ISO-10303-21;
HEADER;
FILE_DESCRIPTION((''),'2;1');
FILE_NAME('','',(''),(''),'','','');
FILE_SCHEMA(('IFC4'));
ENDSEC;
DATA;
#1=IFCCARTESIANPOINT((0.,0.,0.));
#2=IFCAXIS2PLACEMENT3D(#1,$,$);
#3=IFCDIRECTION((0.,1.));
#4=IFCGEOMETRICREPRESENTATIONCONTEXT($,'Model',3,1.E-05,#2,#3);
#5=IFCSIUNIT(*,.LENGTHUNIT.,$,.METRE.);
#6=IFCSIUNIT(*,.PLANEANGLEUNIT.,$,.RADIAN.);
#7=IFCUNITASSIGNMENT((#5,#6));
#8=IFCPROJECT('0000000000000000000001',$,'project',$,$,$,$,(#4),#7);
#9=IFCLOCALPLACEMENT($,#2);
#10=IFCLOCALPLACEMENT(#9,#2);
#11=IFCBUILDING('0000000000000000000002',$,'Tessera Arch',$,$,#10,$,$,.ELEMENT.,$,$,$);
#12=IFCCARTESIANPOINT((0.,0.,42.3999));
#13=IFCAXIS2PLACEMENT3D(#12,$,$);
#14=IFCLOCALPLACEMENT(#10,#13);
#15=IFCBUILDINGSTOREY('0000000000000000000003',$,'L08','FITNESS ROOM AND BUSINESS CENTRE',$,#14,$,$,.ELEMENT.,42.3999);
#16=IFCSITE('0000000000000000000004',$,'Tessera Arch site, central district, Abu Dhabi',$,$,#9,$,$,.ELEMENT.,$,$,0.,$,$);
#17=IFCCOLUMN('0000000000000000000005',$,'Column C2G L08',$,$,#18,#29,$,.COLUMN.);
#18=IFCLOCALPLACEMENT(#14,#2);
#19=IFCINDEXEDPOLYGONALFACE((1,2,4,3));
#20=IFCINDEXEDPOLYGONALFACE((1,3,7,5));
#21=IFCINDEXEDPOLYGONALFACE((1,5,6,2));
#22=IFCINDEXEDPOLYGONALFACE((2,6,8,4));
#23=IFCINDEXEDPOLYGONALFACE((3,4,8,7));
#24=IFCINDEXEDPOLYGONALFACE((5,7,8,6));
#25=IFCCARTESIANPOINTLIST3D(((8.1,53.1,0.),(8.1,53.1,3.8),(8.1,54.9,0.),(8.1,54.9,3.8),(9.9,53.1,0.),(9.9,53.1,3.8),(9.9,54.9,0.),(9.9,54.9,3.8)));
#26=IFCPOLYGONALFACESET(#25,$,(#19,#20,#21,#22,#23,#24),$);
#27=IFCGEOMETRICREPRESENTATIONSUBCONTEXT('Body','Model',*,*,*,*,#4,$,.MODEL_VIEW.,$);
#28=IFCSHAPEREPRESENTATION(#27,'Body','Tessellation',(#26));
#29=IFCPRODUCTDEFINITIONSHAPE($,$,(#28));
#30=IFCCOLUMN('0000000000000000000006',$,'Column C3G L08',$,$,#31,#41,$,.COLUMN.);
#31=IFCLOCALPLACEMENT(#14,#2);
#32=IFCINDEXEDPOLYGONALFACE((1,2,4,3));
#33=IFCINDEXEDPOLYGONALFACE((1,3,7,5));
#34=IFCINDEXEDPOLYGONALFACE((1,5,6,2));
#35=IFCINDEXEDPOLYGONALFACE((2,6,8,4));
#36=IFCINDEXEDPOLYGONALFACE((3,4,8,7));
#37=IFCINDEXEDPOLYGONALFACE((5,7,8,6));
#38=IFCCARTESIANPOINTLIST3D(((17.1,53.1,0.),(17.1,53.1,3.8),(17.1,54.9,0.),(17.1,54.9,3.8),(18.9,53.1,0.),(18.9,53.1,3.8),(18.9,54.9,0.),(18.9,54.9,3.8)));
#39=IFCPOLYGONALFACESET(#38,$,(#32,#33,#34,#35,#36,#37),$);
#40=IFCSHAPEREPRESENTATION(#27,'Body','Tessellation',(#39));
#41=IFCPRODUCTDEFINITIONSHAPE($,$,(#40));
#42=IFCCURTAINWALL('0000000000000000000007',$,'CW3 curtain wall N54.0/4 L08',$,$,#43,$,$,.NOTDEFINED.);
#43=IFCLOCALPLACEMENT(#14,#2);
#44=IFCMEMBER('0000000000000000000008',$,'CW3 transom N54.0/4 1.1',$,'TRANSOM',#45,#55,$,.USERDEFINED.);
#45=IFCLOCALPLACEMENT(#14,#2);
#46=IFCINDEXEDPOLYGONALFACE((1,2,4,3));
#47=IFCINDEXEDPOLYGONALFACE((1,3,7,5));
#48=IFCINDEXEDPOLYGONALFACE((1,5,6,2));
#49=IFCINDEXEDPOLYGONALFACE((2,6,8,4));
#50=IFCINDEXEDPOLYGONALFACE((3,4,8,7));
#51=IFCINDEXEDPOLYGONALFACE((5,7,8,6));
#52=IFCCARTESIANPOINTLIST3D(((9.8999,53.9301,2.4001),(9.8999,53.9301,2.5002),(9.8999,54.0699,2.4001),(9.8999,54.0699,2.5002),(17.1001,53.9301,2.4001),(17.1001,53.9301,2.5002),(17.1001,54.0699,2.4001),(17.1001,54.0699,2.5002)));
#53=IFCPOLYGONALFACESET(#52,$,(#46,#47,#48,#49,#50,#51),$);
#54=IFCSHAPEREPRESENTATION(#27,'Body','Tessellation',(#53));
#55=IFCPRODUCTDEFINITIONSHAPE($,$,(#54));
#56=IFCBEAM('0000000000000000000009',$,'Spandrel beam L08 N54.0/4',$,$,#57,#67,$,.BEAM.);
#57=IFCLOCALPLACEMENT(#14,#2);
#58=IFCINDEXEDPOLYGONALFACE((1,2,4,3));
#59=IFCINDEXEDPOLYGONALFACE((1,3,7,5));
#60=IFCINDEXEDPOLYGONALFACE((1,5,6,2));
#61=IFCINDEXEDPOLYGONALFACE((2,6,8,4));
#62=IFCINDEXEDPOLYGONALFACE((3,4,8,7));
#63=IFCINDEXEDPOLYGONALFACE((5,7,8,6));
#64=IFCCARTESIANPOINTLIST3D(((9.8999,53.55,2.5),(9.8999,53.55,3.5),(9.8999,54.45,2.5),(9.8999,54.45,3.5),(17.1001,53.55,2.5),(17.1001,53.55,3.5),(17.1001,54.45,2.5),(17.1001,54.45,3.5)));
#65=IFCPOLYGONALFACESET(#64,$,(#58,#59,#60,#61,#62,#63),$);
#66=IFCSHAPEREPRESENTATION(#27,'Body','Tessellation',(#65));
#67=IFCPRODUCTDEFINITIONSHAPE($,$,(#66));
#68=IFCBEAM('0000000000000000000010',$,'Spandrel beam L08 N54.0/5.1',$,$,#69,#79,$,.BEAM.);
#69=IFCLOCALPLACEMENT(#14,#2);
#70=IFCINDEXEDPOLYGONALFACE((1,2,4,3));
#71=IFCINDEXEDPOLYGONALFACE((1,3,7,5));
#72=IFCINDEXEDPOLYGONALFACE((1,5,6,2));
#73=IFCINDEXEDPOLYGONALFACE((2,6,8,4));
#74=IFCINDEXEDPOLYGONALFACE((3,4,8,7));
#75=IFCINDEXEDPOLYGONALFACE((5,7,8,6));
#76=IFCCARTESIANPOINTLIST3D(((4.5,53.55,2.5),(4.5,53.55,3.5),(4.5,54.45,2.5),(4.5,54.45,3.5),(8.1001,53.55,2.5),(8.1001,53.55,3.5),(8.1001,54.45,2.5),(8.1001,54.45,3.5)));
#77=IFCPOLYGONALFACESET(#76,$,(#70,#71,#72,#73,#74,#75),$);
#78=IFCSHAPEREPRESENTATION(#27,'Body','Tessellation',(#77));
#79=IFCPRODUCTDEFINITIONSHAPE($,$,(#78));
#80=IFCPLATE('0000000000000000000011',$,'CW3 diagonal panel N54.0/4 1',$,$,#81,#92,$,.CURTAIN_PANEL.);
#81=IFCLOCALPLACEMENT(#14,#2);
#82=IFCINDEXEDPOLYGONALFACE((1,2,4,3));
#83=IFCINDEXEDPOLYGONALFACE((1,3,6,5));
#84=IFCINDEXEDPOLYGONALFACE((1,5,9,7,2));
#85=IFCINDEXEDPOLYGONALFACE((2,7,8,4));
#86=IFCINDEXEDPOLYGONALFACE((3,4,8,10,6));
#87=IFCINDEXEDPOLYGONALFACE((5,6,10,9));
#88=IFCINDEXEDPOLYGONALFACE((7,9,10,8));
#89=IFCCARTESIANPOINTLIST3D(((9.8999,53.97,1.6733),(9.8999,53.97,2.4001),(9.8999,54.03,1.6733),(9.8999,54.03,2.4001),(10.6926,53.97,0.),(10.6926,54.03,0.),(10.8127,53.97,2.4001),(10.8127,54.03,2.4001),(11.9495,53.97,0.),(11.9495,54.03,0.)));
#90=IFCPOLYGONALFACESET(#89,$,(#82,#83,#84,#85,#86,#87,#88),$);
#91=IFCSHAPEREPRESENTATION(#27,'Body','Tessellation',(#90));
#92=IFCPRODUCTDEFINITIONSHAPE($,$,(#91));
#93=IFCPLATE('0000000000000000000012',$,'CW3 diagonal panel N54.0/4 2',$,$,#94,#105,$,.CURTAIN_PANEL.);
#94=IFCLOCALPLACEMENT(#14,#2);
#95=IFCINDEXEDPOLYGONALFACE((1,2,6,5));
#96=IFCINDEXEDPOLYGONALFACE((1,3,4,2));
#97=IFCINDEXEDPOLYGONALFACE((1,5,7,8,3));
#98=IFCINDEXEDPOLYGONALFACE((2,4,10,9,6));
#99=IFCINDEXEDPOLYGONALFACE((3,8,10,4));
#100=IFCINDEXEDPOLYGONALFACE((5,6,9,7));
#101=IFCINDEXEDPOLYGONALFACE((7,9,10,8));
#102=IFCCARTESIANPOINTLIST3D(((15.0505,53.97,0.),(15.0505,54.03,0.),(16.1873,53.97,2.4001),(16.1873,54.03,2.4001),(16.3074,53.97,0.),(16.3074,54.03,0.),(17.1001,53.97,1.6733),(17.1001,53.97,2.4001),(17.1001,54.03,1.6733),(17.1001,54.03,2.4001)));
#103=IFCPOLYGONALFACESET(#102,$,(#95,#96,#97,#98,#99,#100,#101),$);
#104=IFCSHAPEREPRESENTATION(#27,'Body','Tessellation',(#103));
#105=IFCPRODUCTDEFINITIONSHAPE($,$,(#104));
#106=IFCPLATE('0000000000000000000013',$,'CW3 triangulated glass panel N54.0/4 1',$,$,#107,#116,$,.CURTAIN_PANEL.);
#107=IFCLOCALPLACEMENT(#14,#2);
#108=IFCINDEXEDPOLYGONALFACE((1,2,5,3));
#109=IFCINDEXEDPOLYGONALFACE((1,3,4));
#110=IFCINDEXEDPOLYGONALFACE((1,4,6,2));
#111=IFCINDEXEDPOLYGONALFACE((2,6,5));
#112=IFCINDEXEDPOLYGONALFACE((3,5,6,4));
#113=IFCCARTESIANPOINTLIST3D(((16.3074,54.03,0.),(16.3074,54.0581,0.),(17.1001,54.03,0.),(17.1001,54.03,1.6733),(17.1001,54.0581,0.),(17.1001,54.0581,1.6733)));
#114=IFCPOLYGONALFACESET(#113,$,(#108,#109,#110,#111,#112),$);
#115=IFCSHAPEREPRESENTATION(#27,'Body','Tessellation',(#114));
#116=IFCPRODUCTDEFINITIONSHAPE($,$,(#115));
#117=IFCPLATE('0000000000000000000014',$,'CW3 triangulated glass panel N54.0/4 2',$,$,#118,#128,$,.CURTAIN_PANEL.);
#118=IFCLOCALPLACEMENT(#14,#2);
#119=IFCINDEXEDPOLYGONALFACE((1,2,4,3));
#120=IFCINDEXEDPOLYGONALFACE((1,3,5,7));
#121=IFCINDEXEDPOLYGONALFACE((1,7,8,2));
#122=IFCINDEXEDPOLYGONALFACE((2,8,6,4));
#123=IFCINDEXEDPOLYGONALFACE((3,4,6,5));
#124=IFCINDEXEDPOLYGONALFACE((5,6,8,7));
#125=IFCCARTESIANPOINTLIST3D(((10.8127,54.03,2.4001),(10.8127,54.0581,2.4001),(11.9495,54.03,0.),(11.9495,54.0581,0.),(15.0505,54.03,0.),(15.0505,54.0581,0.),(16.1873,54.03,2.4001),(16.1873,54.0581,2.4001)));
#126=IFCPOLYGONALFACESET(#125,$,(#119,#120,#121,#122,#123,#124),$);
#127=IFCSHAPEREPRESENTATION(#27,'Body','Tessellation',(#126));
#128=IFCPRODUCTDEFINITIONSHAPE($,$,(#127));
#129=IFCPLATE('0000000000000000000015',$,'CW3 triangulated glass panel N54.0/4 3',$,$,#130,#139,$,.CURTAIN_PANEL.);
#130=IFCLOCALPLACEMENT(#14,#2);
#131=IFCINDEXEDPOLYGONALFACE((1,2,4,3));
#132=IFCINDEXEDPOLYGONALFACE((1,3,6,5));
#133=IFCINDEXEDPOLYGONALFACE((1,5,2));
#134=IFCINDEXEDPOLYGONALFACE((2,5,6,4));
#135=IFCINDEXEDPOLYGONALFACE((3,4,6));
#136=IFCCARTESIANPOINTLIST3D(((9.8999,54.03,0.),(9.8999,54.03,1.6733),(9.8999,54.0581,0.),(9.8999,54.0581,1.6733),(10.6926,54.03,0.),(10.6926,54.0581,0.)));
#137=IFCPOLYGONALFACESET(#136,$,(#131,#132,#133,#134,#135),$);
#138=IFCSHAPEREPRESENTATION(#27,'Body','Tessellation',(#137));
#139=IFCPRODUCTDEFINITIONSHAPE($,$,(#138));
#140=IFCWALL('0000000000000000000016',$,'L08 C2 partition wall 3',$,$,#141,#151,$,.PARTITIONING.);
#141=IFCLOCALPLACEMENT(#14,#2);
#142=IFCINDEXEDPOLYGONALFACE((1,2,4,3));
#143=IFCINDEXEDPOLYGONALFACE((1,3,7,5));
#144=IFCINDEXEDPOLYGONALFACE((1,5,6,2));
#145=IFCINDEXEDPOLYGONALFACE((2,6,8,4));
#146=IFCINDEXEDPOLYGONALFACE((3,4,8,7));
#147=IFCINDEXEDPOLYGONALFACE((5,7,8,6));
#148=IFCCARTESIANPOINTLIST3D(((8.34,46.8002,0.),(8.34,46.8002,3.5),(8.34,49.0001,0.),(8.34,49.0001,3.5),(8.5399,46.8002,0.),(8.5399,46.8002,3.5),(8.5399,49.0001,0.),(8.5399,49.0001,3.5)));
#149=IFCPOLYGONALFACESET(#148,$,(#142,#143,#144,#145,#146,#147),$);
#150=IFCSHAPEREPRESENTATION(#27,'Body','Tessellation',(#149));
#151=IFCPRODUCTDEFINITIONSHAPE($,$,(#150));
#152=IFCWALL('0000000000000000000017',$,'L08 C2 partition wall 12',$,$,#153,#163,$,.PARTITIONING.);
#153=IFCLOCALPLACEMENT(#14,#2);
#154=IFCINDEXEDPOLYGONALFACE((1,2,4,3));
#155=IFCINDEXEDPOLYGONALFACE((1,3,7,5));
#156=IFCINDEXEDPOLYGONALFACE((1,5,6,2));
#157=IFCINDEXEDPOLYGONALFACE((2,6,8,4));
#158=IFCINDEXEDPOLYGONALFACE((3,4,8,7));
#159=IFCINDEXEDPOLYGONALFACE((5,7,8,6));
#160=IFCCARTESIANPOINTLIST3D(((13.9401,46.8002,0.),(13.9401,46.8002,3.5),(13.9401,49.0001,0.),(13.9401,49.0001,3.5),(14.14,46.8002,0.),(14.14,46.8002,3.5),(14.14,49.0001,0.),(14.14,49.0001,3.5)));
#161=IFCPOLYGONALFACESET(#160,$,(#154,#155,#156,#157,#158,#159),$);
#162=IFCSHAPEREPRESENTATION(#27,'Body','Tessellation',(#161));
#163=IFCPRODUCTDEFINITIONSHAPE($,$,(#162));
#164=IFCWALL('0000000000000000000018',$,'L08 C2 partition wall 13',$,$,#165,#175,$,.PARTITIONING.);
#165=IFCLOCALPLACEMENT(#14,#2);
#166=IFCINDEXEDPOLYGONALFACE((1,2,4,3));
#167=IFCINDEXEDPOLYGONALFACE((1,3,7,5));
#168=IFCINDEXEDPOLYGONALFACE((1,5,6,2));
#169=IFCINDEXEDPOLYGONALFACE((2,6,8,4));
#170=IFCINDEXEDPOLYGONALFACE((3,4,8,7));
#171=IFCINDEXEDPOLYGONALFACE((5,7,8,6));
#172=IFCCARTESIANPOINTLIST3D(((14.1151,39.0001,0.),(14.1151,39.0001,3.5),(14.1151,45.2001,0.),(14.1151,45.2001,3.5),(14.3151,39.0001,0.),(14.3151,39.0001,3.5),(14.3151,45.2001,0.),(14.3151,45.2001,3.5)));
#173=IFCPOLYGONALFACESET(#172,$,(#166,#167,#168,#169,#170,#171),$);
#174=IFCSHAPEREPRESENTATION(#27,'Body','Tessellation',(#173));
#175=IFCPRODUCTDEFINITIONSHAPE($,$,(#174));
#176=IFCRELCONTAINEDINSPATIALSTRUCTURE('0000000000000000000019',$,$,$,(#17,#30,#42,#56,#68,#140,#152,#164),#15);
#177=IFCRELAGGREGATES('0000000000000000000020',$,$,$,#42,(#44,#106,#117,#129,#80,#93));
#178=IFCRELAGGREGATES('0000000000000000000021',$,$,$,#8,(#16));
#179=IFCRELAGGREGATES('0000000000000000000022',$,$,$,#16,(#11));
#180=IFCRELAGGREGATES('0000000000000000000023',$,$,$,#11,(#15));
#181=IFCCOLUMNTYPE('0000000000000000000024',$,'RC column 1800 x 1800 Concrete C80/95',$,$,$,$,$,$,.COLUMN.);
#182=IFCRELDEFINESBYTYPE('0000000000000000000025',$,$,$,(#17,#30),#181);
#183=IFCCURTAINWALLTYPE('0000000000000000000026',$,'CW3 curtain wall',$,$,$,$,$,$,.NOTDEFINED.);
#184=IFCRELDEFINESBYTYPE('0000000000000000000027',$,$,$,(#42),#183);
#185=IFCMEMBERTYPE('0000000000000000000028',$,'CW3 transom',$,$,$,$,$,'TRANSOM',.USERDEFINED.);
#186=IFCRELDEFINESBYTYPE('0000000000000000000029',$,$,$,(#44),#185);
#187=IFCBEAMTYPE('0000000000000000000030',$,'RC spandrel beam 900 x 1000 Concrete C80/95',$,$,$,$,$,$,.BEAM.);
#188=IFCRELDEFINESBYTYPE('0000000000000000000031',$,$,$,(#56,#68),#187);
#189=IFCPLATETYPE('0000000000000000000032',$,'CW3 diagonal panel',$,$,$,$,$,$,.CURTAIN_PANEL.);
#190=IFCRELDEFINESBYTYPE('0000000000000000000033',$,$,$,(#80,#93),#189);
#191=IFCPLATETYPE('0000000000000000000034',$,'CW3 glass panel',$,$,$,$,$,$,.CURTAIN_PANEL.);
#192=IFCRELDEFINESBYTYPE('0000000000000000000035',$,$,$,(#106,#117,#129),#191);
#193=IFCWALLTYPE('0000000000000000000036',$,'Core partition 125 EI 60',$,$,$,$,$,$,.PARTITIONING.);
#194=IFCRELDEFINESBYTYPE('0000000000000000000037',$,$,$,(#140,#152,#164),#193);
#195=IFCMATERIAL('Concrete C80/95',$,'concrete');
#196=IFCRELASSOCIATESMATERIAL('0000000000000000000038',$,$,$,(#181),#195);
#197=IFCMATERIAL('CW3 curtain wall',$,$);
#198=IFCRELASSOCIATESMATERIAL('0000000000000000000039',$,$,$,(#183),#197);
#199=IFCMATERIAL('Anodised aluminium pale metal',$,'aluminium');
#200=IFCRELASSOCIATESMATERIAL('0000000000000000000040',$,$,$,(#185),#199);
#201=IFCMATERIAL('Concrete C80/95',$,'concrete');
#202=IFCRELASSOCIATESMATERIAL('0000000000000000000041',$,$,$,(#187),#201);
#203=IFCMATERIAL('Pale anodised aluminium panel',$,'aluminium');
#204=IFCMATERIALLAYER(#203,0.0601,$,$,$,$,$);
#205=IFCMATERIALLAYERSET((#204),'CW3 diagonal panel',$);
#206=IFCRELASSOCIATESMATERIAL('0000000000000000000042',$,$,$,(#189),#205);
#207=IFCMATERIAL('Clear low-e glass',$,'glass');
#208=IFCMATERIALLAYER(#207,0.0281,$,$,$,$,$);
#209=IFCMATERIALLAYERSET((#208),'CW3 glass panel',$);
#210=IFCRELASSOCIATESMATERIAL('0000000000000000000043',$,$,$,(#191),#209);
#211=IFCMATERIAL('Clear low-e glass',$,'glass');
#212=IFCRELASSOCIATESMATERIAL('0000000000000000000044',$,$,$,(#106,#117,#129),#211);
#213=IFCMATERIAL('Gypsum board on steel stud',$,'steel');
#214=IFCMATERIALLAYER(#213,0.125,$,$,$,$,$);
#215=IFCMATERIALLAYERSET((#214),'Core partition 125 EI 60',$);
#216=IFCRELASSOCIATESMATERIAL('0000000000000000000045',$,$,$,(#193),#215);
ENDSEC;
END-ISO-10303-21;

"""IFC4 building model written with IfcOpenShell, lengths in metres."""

from ifc_helpers import new_model, si_unit, direction, frame, frame_2d, origin, origin_2d, place, context, subcontext, project, spatial, polyline, rectangle, outline, extrude, material, layer, layer_set, material_profile, profile_set, type_object, element, aggregate, save


model = new_model("IFC4")

# Units and contexts
model_context = context("Model", 3, precision=1e-05, world=origin(), true_north=direction((0.0, 1.0)))
body_context = subcontext(model_context, "Body", "Model", "MODEL_VIEW")
ifc_project = project(units=[si_unit("LENGTHUNIT", "METRE"), si_unit("PLANEANGLEUNIT", "RADIAN")], contexts=[model_context])

# Site, building, storey
site_placement = place(None, origin())
site = spatial("IfcSite", under=ifc_project, at=site_placement, Name="Tessera Arch site, central district, Abu Dhabi", CompositionType="ELEMENT", RefElevation=0.0)
building_placement = place(site_placement, origin())
building = spatial("IfcBuilding", under=site, at=building_placement, Name="Tessera Arch", CompositionType="ELEMENT")
storey_placement = place(building_placement, frame((0.0, 0.0, 42.3999)))
storey = spatial("IfcBuildingStorey", under=building, at=storey_placement, Name="L08", Description="FITNESS ROOM AND BUSINESS CENTRE", CompositionType="ELEMENT", Elevation=42.3999)

# Columns
ifc_material_1 = material(Name="Concrete C80/95", Category="concrete")
ifc_material_profile_1 = material_profile(ifc_material_1, rectangle(XDim=1.8, YDim=1.8, at=origin_2d()), Name="RC column 1800 x 1800 Concrete C80/95")
ifc_profile_set_1 = profile_set([ifc_material_profile_1], Name="Concrete C80/95")
column_type = type_object("IfcColumnType", Name="RC column 1800 x 1800 Concrete C80/95", PredefinedType="COLUMN", material=ifc_profile_set_1)
for number, where, z_axis, x_axis, name in (
    (1, (9.0, 54.0, 0.0), (0.0, 0.0, 1.0), (1.0, 0.0, 0.0), "Column C2G L08"),
    (2, (18.0, 54.0, 0.0), (0.0, 0.0, 1.0), (1.0, 0.0, 0.0), "Column C3G L08"),
):
    element("IfcColumn", number, at=place(storey_placement, frame(where, z_axis=z_axis, x_axis=x_axis)), inside=storey, type_object=column_type, Name=name, PredefinedType="COLUMN", context=body_context, shape_type="SweptSolid", body=[
        extrude(rectangle(XDim=1.8, YDim=1.8, at=origin_2d()), origin(), (0.0, 0.0, 1.0), 3.8),
    ])

# Curtain wall, member
ifc_material_2 = material(Name="CW3 curtain wall")
curtain_wall_type = type_object("IfcCurtainWallType", Name="CW3 curtain wall", PredefinedType="NOTDEFINED", material=ifc_material_2)
curtain_wall_placement = place(storey_placement, origin())
curtain_wall = element("IfcCurtainWall", 3, at=curtain_wall_placement, inside=storey, type_object=curtain_wall_type, Name="CW3 curtain wall N54.0/4 L08", PredefinedType="NOTDEFINED")
ifc_material_3 = material(Name="Anodised aluminium pale metal", Category="aluminium")
ifc_material_profile_2 = material_profile(ifc_material_3, rectangle(XDim=0.1399, YDim=0.1001, at=origin_2d()), Name="AL 140x100")
ifc_profile_set_2 = profile_set([ifc_material_profile_2], Name="Anodised aluminium pale metal")
member_type = type_object("IfcMemberType", Name="CW3 transom", ElementType="TRANSOM", PredefinedType="USERDEFINED", material=ifc_profile_set_2)
member_placement = place(storey_placement, frame((17.1001, 54.0, 2.4502), z_axis=(-1.0, 0.0, 0.0), x_axis=(0.0, -1.0, 0.0)))
member = element("IfcMember", 4, at=member_placement, type_object=member_type, Name="CW3 transom N54.0/4 1.1", ObjectType="TRANSOM", PredefinedType="USERDEFINED", context=body_context, shape_type="SweptSolid", body=[
    extrude(rectangle(XDim=0.1399, YDim=0.1001, at=origin_2d()), origin(), (0.0, 0.0, 1.0), 7.2002),
])

# Beams
ifc_material_4 = material(Name="Concrete C80/95", Category="concrete")
ifc_material_profile_3 = material_profile(ifc_material_4, rectangle(XDim=0.8999, YDim=1.0, at=origin_2d()), Name="RC spandrel beam 900 x 1000 Concrete C80/95")
ifc_profile_set_3 = profile_set([ifc_material_profile_3], Name="Concrete C80/95")
beam_type = type_object("IfcBeamType", Name="RC spandrel beam 900 x 1000 Concrete C80/95", PredefinedType="BEAM", material=ifc_profile_set_3)
beam_1_placement = place(storey_placement, frame((17.1001, 54.0, 3.0), z_axis=(-1.0, 0.0, 0.0), x_axis=(0.0, -1.0, 0.0)))
element("IfcBeam", 5, at=beam_1_placement, inside=storey, type_object=beam_type, Name="Spandrel beam L08 N54.0/4", PredefinedType="BEAM", context=body_context, shape_type="SweptSolid", body=[
    extrude(rectangle(XDim=0.8999, YDim=1.0, at=origin_2d()), origin(), (0.0, 0.0, 1.0), 7.2002),
])
beam_2_placement = place(storey_placement, frame((8.1001, 54.0, 3.0), z_axis=(-1.0, 0.0, 0.0), x_axis=(0.0, -1.0, 0.0)))
element("IfcBeam", 6, at=beam_2_placement, inside=storey, type_object=beam_type, Name="Spandrel beam L08 N54.0/5.1", PredefinedType="BEAM", context=body_context, shape_type="SweptSolid", body=[
    extrude(rectangle(XDim=0.8999, YDim=1.0, at=origin_2d()), origin(), (0.0, 0.0, 1.0), 3.6001),
])

# Plates
ifc_material_5 = material(Name="Pale anodised aluminium panel", Category="aluminium")
ifc_layer_1 = layer(ifc_material_5, 0.0601)
ifc_layer_set_1 = layer_set([ifc_layer_1], Name="CW3 diagonal panel")
plate_type_1 = type_object("IfcPlateType", Name="CW3 diagonal panel", PredefinedType="CURTAIN_PANEL", material=ifc_layer_set_1)
plate_1_placement = place(storey_placement, frame((9.8999, 54.03, 2.4001), z_axis=(0.0, 1.0, 0.0), x_axis=(1.0, 0.0, 0.0)))
plate_1 = element("IfcPlate", 7, at=plate_1_placement, type_object=plate_type_1, Name="CW3 diagonal panel N54.0/4 1", PredefinedType="CURTAIN_PANEL", context=body_context, shape_type="SweptSolid", body=[
    extrude(outline(polyline([(0.0, 0.0), (0.9128, 0.0), (2.0496, 2.4001), (0.7927, 2.4001), (0.0, 0.7268), (0.0, 0.0)])), origin(), (0.0, 0.0, -1.0), 0.0601),
])
plate_2_placement = place(storey_placement, frame((17.1001, 54.03, 2.4001), z_axis=(0.0, 1.0, 0.0), x_axis=(0.0, 0.0, -1.0)))
plate_2 = element("IfcPlate", 8, at=plate_2_placement, type_object=plate_type_1, Name="CW3 diagonal panel N54.0/4 2", PredefinedType="CURTAIN_PANEL", context=body_context, shape_type="SweptSolid", body=[
    extrude(outline(polyline([(0.0, 0.0), (0.7268, 0.0), (2.4001, 0.7927), (2.4001, 2.0496), (0.0, 0.9128), (0.0, 0.0)])), origin(), (0.0, 0.0, -1.0), 0.0601),
])
ifc_material_6 = material(Name="Clear low-e glass", Category="glass")
ifc_material_7 = material(Name="Clear low-e glass", Category="glass")
ifc_layer_2 = layer(ifc_material_7, 0.0281)
ifc_layer_set_2 = layer_set([ifc_layer_2], Name="CW3 glass panel")
plate_type_2 = type_object("IfcPlateType", Name="CW3 glass panel", PredefinedType="CURTAIN_PANEL", material=ifc_layer_set_2)
plate_3_placement = place(storey_placement, frame((17.1001, 54.0581, 0.0), z_axis=(0.0, 1.0, 0.0), x_axis=(-1.0, 0.0, 0.0)))
plate_3 = element("IfcPlate", 9, at=plate_3_placement, type_object=plate_type_2, material=ifc_material_6, Name="CW3 triangulated glass panel N54.0/4 1", PredefinedType="CURTAIN_PANEL", context=body_context, shape_type="SweptSolid", body=[
    extrude(outline(polyline([(0.0, 0.0), (0.7927, 0.0), (0.0, 1.6733), (0.0, 0.0)])), origin(), (0.0, 0.0, -1.0), 0.0281),
])
plate_4_placement = place(storey_placement, frame((10.8127, 54.0581, 2.4001), z_axis=(0.0, 1.0, 0.0), x_axis=(1.0, 0.0, 0.0)))
plate_4 = element("IfcPlate", 10, at=plate_4_placement, type_object=plate_type_2, material=ifc_material_6, Name="CW3 triangulated glass panel N54.0/4 2", PredefinedType="CURTAIN_PANEL", context=body_context, shape_type="SweptSolid", body=[
    extrude(outline(polyline([(0.0, 0.0), (5.3745, 0.0), (4.2378, 2.4001), (1.1367, 2.4001), (0.0, 0.0)])), origin(), (0.0, 0.0, -1.0), 0.0281),
])
plate_5_placement = place(storey_placement, frame((9.8999, 54.0581, 0.0), z_axis=(0.0, 1.0, 0.0), x_axis=(0.0, 0.0, 1.0)))
plate_5 = element("IfcPlate", 11, at=plate_5_placement, type_object=plate_type_2, material=ifc_material_6, Name="CW3 triangulated glass panel N54.0/4 3", PredefinedType="CURTAIN_PANEL", context=body_context, shape_type="SweptSolid", body=[
    extrude(outline(polyline([(0.0, 0.0), (1.6733, 0.0), (0.0, 0.7927), (0.0, 0.0)])), origin(), (0.0, 0.0, -1.0), 0.0281),
])
aggregate(curtain_wall, [member, plate_3, plate_4, plate_5, plate_1, plate_2])

# Walls
ifc_material_8 = material(Name="Gypsum board on steel stud", Category="steel")
ifc_layer_3 = layer(ifc_material_8, 0.125)
ifc_layer_set_3 = layer_set([ifc_layer_3], Name="Core partition 125 EI 60")
wall_type_1 = type_object("IfcWallType", Name="Core partition 125 EI 60", PredefinedType="PARTITIONING", material=ifc_layer_set_3)
for number, where, z_axis, x_axis, name in (
    (12, (8.4399, 46.8, 0.0), (0.0, 0.0, 1.0), (0.0, 1.0, 0.0), "L08 C2 partition wall 3"),
    (13, (14.04, 46.8, 0.0), (0.0, 0.0, 1.0), (0.0, 1.0, 0.0), "L08 C2 partition wall 12"),
):
    element("IfcWall", number, at=place(storey_placement, frame(where, z_axis=z_axis, x_axis=x_axis)), inside=storey, type_object=wall_type_1, Name=name, PredefinedType="PARTITIONING", context=body_context, shape_type="SweptSolid", body=[
        extrude(rectangle(XDim=2.2, YDim=0.2, at=frame_2d((1.1001, 0.0))), origin(), (0.0, 0.0, 1.0), 3.5),
    ])
wall_1_placement = place(storey_placement, frame((14.2151, 39.0, 0.0), z_axis=(0.0, 0.0, 1.0), x_axis=(0.0, 1.0, 0.0)))
element("IfcWall", 14, at=wall_1_placement, inside=storey, type_object=wall_type_1, Name="L08 C2 partition wall 13", PredefinedType="PARTITIONING", context=body_context, shape_type="SweptSolid", body=[
    extrude(rectangle(XDim=6.2, YDim=0.2, at=frame_2d((3.1001, 0.0))), origin(), (0.0, 0.0, 1.0), 3.5),
])

save(model, "model.ifc")
